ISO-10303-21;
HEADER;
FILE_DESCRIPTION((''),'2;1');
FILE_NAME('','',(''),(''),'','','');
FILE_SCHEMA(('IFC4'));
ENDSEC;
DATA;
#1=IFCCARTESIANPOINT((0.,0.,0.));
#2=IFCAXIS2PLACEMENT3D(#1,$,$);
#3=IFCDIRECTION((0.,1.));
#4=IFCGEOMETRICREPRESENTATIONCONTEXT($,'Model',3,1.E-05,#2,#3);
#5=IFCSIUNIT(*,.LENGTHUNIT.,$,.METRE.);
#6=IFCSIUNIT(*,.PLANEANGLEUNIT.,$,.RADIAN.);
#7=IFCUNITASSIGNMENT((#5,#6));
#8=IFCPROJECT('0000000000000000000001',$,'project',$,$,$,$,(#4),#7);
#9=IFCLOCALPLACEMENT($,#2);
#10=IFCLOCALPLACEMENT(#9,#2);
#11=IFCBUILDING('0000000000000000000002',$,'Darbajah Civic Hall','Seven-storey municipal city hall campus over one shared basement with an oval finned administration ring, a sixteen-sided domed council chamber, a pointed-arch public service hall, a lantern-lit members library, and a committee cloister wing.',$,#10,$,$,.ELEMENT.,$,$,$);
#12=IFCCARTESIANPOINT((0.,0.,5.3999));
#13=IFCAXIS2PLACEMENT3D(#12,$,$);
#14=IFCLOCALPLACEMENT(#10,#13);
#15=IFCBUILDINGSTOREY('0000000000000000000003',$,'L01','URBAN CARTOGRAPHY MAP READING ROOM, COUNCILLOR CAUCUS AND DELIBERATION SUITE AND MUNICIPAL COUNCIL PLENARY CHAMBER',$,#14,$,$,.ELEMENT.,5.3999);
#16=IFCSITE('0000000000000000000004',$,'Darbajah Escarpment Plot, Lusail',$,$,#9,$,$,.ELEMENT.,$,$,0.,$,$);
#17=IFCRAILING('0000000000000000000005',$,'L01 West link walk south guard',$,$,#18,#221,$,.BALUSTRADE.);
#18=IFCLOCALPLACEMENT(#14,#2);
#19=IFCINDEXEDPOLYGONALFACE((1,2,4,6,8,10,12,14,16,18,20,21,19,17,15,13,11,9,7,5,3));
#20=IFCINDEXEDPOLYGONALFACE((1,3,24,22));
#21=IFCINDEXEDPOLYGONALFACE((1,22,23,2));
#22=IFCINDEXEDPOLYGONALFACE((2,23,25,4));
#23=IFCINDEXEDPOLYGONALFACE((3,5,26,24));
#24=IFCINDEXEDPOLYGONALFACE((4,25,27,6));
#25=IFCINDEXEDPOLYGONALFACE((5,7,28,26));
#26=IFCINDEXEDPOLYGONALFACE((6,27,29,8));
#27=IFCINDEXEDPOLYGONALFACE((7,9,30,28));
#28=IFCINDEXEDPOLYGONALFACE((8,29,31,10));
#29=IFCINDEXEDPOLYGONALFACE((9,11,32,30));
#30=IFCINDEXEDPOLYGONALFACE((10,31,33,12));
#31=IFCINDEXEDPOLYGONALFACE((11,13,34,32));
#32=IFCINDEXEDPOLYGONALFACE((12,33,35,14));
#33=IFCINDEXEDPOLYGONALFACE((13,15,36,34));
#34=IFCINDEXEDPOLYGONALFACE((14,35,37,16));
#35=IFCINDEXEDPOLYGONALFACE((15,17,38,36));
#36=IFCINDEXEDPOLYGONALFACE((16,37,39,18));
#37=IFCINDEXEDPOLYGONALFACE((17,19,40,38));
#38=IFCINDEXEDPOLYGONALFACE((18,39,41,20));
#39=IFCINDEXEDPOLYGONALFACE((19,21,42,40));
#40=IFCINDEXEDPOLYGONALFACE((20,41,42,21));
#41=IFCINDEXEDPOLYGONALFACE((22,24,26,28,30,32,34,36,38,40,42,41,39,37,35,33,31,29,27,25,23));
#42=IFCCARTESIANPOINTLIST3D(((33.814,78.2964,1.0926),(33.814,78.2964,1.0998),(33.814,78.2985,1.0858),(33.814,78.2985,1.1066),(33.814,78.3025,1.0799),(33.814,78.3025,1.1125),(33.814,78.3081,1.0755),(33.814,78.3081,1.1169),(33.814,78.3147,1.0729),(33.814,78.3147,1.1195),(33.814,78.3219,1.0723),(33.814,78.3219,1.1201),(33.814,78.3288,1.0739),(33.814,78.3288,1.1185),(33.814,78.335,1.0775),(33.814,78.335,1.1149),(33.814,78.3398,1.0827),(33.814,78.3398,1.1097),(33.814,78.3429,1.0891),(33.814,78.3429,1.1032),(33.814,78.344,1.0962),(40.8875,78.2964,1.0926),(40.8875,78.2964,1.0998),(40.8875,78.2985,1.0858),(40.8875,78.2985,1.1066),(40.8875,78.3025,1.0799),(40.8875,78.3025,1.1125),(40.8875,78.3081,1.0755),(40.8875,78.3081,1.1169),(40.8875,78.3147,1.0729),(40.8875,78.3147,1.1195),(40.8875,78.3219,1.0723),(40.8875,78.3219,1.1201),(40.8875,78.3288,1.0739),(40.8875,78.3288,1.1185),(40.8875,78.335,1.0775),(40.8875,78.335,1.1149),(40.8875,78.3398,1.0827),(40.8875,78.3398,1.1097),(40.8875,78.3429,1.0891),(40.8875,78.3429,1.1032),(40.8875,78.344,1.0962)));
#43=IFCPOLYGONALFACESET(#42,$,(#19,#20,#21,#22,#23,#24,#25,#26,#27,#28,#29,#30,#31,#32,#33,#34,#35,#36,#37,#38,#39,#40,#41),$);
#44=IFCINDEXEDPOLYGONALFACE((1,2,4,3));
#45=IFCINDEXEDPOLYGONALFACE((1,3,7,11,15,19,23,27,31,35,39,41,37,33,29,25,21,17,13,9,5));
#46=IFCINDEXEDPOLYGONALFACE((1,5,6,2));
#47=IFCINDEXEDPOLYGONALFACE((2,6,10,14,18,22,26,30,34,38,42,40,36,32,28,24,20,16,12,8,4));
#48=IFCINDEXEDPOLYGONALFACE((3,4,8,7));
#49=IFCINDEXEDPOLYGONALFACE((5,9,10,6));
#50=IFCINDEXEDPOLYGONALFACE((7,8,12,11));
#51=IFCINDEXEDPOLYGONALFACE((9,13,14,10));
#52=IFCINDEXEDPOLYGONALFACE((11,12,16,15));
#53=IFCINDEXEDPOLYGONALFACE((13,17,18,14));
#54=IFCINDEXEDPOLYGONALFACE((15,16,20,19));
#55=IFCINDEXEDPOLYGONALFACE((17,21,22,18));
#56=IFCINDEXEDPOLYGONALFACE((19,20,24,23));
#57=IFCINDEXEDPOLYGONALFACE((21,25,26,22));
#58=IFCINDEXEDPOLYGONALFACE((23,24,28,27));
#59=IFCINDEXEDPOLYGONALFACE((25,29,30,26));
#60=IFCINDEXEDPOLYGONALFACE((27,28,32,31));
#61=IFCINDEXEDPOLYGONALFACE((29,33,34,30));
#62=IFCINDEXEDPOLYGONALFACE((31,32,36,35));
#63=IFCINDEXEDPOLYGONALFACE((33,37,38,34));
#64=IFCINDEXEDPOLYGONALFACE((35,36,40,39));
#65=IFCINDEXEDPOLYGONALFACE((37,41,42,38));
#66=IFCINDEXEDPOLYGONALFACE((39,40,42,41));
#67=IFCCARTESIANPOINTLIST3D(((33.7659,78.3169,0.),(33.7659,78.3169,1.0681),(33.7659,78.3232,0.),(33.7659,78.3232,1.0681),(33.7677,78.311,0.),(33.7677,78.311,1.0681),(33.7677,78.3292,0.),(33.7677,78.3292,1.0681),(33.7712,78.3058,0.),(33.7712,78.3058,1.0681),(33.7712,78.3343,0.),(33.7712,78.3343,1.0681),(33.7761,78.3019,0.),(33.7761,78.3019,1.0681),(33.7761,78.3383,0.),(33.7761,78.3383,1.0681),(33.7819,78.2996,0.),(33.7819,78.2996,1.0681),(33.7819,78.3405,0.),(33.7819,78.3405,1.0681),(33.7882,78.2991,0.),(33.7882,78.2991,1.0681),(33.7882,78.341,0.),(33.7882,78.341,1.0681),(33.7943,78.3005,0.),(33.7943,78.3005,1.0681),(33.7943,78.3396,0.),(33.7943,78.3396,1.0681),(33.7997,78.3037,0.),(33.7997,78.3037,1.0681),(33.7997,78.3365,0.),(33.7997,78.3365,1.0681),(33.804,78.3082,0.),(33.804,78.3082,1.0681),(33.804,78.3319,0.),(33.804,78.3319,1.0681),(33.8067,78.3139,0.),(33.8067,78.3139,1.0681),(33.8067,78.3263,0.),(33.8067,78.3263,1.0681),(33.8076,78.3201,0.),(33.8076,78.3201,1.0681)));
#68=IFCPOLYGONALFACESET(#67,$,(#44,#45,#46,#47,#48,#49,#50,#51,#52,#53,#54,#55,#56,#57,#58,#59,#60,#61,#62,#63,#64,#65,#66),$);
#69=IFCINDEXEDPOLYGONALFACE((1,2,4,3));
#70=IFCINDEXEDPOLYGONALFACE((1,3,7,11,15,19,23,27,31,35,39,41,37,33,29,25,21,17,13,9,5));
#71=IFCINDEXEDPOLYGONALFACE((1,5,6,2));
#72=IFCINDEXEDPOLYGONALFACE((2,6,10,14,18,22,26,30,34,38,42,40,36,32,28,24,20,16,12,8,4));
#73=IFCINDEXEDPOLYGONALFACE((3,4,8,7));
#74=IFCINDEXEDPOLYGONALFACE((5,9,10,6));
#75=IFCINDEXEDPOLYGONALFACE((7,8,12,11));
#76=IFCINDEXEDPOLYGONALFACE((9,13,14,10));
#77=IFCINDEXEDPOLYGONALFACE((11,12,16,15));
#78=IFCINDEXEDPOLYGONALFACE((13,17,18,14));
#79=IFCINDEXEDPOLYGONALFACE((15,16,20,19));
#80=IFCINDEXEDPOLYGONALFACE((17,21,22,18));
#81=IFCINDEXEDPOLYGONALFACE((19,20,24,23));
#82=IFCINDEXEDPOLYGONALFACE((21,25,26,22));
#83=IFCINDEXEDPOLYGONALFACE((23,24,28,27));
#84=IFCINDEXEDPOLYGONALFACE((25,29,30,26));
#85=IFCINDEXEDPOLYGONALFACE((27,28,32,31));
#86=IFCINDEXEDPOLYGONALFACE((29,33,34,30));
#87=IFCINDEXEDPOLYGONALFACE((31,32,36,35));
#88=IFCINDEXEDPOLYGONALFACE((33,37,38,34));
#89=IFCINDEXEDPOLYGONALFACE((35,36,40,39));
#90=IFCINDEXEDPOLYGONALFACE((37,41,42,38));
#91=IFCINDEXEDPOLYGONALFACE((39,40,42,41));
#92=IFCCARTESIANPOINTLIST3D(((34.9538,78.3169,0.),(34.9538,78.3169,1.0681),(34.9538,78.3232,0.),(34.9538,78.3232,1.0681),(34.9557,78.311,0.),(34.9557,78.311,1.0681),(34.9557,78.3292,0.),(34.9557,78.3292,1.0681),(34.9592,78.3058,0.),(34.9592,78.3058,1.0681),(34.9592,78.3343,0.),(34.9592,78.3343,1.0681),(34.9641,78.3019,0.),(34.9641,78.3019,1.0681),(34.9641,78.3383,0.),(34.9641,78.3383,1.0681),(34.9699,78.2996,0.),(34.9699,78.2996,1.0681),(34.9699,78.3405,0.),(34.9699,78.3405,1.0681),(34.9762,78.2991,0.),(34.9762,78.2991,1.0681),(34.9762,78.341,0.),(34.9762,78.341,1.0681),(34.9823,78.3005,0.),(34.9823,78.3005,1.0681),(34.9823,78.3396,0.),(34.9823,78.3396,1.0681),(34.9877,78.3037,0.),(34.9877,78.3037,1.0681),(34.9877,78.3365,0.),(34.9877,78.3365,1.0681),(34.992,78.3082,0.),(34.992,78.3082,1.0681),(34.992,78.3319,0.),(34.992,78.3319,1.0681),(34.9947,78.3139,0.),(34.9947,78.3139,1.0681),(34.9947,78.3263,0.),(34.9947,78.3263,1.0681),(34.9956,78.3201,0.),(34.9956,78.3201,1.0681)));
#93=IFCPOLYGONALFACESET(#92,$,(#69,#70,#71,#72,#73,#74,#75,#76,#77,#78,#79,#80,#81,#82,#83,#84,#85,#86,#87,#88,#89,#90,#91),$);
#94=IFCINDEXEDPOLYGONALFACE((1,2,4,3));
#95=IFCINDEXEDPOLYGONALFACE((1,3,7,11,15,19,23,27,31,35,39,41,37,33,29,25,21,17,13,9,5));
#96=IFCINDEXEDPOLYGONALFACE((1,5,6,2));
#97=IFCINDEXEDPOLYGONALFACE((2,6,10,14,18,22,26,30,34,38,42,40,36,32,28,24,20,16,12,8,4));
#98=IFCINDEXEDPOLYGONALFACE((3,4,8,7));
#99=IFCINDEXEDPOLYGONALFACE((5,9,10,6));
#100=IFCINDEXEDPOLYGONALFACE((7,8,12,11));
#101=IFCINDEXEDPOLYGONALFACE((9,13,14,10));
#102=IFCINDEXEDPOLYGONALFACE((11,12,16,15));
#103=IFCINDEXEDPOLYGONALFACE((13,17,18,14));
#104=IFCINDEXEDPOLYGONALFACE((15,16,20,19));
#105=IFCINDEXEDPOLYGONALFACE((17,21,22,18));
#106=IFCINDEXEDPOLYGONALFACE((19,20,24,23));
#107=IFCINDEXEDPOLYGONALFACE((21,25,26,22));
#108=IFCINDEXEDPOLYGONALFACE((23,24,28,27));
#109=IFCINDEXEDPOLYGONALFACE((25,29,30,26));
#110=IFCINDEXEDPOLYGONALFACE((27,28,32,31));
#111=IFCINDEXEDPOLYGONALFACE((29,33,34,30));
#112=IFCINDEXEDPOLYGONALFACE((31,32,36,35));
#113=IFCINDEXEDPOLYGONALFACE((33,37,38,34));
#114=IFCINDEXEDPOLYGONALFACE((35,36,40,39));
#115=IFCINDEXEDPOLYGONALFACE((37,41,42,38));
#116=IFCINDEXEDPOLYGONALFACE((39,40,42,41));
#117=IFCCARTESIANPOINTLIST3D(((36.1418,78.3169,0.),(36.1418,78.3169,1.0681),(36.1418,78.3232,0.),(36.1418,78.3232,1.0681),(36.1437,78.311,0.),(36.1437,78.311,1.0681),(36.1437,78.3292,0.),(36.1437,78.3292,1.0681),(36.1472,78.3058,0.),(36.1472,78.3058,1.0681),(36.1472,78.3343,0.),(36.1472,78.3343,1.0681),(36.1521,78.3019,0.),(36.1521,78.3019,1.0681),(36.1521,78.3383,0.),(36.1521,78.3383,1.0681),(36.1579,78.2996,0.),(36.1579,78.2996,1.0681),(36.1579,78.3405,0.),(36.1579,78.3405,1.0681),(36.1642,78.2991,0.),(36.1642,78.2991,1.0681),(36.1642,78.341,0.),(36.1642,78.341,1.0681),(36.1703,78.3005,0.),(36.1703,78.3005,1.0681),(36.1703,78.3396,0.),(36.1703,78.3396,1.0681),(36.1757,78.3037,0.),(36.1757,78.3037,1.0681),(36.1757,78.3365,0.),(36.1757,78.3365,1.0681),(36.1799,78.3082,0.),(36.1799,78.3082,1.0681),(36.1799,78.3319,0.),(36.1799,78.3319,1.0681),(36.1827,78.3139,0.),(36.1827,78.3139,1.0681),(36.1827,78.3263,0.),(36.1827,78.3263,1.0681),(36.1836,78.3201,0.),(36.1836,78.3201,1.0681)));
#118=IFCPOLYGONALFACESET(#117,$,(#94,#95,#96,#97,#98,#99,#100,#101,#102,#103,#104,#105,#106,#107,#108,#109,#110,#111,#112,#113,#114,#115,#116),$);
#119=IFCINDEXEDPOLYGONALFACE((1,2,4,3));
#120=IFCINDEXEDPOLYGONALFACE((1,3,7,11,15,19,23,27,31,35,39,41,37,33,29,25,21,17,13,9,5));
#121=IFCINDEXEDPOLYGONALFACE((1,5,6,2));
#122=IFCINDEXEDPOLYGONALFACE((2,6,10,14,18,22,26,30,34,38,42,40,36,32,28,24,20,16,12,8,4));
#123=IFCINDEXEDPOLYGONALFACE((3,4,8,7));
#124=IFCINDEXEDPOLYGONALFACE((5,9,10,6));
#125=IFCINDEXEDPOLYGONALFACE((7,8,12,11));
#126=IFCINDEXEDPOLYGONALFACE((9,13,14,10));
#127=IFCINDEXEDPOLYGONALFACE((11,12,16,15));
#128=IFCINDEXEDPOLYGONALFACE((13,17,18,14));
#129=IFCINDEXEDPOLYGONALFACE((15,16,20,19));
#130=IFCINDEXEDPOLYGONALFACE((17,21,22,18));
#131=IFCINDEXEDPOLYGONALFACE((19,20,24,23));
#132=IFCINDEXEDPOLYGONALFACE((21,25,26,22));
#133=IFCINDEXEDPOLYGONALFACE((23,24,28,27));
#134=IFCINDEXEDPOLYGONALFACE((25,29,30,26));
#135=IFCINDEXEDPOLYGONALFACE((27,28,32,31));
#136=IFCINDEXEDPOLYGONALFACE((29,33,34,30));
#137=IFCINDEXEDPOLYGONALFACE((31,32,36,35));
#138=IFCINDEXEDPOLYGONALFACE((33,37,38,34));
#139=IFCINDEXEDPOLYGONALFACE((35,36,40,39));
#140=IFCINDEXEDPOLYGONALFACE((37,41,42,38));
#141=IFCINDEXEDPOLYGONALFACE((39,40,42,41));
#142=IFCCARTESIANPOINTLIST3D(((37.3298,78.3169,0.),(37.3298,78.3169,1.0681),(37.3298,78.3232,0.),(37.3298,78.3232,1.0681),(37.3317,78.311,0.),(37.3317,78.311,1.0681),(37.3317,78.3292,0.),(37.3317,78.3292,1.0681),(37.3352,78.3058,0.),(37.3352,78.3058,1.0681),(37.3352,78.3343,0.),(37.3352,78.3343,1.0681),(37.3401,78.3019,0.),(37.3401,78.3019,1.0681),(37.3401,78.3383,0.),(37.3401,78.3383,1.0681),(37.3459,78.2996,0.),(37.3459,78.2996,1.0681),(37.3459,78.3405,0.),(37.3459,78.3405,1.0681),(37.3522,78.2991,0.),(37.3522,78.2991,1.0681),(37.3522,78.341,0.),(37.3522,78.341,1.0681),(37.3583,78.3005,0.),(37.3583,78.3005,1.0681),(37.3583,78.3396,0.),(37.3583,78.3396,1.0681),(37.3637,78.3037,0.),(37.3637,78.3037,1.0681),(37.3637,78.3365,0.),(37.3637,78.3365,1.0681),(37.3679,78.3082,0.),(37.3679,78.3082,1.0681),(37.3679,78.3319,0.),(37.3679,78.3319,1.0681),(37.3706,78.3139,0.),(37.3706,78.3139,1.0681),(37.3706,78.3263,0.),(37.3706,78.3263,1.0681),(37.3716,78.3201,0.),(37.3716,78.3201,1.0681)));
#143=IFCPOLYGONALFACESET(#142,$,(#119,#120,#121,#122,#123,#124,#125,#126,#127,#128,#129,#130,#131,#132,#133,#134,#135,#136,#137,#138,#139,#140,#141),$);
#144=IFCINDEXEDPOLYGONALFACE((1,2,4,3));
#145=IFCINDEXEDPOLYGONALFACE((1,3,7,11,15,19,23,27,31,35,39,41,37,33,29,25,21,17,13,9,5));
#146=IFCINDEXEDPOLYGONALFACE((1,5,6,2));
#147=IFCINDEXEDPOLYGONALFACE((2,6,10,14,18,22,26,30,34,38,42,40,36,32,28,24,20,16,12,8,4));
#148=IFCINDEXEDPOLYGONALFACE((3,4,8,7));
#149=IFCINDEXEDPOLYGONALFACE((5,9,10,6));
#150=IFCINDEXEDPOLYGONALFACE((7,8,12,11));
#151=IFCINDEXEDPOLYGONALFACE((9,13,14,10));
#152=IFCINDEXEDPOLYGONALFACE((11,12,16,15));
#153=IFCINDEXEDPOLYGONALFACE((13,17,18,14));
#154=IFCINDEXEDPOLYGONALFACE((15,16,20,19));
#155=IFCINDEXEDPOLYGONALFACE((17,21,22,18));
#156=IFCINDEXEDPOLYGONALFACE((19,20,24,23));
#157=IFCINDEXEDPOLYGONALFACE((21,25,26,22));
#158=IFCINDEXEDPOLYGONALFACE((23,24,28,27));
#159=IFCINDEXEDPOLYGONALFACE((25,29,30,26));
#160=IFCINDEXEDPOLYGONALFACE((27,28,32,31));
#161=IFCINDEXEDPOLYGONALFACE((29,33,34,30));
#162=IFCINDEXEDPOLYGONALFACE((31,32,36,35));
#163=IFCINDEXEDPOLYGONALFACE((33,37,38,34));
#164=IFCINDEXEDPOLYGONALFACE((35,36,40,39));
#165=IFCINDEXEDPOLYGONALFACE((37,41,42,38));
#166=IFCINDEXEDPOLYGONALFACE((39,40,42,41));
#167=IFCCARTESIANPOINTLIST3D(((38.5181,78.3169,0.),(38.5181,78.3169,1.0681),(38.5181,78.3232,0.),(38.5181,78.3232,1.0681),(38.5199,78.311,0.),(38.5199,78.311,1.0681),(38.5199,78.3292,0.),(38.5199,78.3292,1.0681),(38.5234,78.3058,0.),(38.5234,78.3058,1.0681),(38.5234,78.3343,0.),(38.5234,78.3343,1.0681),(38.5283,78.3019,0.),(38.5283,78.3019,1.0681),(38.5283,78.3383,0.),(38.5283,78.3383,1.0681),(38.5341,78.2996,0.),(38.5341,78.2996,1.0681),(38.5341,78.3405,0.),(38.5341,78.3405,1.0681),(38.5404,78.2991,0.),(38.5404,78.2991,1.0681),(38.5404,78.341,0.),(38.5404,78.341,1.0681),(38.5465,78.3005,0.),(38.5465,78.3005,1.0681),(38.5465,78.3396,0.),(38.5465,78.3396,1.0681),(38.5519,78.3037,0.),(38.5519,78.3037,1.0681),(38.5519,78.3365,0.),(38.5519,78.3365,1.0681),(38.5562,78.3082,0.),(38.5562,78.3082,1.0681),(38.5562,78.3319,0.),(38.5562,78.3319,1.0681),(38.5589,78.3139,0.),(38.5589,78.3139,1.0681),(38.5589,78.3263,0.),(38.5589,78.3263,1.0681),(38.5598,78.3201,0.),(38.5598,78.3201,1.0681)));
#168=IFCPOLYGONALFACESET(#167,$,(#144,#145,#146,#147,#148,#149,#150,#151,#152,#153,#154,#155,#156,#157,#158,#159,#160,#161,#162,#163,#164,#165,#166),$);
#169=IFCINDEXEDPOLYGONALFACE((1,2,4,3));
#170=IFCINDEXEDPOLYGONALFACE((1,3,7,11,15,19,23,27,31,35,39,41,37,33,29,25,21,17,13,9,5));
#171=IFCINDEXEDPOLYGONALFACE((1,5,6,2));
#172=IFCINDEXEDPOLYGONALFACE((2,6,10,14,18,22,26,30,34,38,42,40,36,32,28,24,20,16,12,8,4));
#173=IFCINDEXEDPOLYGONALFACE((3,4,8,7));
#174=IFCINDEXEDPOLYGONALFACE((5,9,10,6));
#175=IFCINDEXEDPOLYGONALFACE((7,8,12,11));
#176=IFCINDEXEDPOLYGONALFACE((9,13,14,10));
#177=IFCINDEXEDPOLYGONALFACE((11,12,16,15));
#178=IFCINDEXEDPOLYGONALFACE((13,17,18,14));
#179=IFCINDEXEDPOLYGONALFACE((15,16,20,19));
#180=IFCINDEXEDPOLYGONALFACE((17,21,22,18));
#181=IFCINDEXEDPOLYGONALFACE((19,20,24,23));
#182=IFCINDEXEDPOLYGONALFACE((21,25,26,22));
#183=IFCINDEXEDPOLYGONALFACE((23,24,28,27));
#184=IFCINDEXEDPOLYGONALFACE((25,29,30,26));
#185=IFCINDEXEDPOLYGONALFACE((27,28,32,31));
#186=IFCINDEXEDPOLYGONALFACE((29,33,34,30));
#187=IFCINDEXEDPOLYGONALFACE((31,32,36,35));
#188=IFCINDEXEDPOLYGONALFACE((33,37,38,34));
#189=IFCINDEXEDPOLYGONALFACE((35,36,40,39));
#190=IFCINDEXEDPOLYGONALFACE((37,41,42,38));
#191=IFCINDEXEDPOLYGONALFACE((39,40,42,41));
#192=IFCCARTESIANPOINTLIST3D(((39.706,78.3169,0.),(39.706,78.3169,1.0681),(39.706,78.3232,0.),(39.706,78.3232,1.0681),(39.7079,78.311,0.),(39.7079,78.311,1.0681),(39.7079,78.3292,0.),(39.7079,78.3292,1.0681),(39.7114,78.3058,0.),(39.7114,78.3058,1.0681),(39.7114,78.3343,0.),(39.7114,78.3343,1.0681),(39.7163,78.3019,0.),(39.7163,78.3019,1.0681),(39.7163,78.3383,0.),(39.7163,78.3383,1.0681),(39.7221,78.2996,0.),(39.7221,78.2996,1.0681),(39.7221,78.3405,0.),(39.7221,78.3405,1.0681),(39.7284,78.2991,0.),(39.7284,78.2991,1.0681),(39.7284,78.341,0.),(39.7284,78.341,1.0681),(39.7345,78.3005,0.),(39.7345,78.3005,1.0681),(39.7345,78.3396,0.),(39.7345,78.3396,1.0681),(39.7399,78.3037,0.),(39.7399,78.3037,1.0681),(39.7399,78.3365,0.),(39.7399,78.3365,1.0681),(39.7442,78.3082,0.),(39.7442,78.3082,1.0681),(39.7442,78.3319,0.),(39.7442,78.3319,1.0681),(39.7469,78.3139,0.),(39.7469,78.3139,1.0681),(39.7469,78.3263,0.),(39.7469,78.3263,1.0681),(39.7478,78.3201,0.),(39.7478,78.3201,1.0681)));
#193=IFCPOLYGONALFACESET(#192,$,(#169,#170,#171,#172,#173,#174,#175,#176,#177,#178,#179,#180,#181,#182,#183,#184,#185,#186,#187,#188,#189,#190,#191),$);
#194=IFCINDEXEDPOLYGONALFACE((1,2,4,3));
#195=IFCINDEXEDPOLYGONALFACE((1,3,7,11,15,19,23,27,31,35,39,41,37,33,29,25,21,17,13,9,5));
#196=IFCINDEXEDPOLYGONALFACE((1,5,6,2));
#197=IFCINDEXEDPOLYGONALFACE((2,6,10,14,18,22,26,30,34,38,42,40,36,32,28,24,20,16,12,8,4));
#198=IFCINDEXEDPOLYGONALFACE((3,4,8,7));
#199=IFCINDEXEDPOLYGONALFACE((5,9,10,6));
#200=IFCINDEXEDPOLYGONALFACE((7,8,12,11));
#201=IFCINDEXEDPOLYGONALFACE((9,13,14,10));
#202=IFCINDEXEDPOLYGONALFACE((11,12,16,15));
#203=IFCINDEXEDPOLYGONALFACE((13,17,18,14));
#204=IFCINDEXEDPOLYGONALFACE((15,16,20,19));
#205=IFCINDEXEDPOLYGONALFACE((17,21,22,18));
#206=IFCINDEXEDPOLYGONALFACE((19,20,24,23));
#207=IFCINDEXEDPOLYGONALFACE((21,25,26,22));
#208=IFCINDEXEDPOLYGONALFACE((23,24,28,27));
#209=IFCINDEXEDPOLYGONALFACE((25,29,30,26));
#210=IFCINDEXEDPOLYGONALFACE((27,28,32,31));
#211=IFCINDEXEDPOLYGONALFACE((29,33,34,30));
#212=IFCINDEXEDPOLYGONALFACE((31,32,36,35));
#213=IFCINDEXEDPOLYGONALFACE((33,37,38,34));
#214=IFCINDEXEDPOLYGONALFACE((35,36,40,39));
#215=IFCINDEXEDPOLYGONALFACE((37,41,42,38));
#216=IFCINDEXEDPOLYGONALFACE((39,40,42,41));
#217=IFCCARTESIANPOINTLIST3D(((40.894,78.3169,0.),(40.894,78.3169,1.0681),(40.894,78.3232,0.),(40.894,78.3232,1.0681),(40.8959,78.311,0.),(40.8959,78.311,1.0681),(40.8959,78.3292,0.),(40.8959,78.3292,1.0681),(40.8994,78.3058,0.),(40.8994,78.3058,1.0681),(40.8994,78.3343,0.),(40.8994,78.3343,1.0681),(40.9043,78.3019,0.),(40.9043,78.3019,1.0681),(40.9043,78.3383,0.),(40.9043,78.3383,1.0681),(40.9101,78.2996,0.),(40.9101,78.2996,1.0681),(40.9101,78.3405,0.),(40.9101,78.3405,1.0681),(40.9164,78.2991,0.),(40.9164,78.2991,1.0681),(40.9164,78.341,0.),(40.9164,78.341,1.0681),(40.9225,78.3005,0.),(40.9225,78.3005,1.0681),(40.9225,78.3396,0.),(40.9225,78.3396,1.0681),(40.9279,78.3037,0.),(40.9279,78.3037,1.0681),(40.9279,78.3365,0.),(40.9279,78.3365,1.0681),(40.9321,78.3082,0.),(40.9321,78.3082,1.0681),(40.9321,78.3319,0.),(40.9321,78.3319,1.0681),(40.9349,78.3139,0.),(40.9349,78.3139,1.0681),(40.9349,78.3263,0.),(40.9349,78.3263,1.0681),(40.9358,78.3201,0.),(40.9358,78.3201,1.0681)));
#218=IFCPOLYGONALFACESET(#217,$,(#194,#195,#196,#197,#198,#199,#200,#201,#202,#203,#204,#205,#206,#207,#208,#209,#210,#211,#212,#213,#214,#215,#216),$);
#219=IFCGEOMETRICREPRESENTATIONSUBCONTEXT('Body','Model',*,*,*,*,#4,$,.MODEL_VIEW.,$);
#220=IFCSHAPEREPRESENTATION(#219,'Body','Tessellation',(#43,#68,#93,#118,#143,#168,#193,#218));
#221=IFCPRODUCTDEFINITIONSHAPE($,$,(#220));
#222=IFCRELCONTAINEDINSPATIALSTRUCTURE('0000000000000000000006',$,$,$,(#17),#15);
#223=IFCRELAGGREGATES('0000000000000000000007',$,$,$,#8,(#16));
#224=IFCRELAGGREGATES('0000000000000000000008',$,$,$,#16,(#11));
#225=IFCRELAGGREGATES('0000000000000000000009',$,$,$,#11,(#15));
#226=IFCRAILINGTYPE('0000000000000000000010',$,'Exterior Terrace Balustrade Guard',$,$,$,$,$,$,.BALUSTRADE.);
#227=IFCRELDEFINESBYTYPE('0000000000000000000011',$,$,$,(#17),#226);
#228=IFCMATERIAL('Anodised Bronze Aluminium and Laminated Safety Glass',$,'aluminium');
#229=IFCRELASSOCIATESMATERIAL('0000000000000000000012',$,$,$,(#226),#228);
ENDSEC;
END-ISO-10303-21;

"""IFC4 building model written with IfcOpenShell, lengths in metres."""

from ifc_helpers import new_model, si_unit, direction, frame, origin, origin_2d, place, context, subcontext, project, spatial, circle, extrude, material, type_object, element, save


model = new_model("IFC4")

# Units and contexts
model_context = context("Model", 3, precision=1e-05, world=origin(), true_north=direction((0.0, 1.0)))
body_context = subcontext(model_context, "Body", "Model", "MODEL_VIEW")
ifc_project = project(units=[si_unit("LENGTHUNIT", "METRE"), si_unit("PLANEANGLEUNIT", "RADIAN")], contexts=[model_context])

# Site, building, storey
site_placement = place(None, origin())
site = spatial("IfcSite", under=ifc_project, at=site_placement, Name="Darbajah Escarpment Plot, Lusail", CompositionType="ELEMENT", RefElevation=0.0)
building_placement = place(site_placement, origin())
building = spatial("IfcBuilding", under=site, at=building_placement, Name="Darbajah Civic Hall", Description="Seven-storey municipal city hall campus over one shared basement with an oval finned administration ring, a sixteen-sided domed council chamber, a pointed-arch public service hall, a lantern-lit members library, and a committee cloister wing.", CompositionType="ELEMENT")
storey_placement = place(building_placement, frame((0.0, 0.0, 5.3999)))
storey = spatial("IfcBuildingStorey", under=building, at=storey_placement, Name="L01", Description="URBAN CARTOGRAPHY MAP READING ROOM, COUNCILLOR CAUCUS AND DELIBERATION SUITE AND MUNICIPAL COUNCIL PLENARY CHAMBER", CompositionType="ELEMENT", Elevation=5.3999)

# Railing
ifc_material_1 = material(Name="Anodised Bronze Aluminium and Laminated Safety Glass", Category="aluminium")
railing_type = type_object("IfcRailingType", Name="Exterior Terrace Balustrade Guard", PredefinedType="BALUSTRADE", material=ifc_material_1)
railing_1_placement = place(storey_placement, frame((33.7866, 78.3201, 0.0)))
element("IfcRailing", 1, at=railing_1_placement, inside=storey, type_object=railing_type, Name="L01 West link walk south guard", PredefinedType="BALUSTRADE", context=body_context, shape_type="SweptSolid", body=[
    extrude(circle(Radius=0.0239, at=origin_2d()), frame((0.0273, 0.0, 1.0962), z_axis=(1.0, 0.0, 0.0), x_axis=(0.0, 1.0, 0.0)), (0.0, 0.0, 1.0), 7.0735),
    extrude(circle(Radius=0.021, at=origin_2d()), origin(), (0.0, 0.0, 1.0), 1.0681),
    extrude(circle(Radius=0.021, at=origin_2d()), frame((1.188, 0.0, 0.0)), (0.0, 0.0, 1.0), 1.0681),
    extrude(circle(Radius=0.021, at=origin_2d()), frame((2.376, 0.0, 0.0)), (0.0, 0.0, 1.0), 1.0681),
    extrude(circle(Radius=0.021, at=origin_2d()), frame((3.564, 0.0, 0.0)), (0.0, 0.0, 1.0), 1.0681),
    extrude(circle(Radius=0.021, at=origin_2d()), frame((4.7522, 0.0, 0.0)), (0.0, 0.0, 1.0), 1.0681),
    extrude(circle(Radius=0.021, at=origin_2d()), frame((5.9402, 0.0, 0.0)), (0.0, 0.0, 1.0), 1.0681),
    extrude(circle(Radius=0.021, at=origin_2d()), frame((7.1282, 0.0, 0.0)), (0.0, 0.0, 1.0), 1.0681),
])

save(model, "model.ifc")
